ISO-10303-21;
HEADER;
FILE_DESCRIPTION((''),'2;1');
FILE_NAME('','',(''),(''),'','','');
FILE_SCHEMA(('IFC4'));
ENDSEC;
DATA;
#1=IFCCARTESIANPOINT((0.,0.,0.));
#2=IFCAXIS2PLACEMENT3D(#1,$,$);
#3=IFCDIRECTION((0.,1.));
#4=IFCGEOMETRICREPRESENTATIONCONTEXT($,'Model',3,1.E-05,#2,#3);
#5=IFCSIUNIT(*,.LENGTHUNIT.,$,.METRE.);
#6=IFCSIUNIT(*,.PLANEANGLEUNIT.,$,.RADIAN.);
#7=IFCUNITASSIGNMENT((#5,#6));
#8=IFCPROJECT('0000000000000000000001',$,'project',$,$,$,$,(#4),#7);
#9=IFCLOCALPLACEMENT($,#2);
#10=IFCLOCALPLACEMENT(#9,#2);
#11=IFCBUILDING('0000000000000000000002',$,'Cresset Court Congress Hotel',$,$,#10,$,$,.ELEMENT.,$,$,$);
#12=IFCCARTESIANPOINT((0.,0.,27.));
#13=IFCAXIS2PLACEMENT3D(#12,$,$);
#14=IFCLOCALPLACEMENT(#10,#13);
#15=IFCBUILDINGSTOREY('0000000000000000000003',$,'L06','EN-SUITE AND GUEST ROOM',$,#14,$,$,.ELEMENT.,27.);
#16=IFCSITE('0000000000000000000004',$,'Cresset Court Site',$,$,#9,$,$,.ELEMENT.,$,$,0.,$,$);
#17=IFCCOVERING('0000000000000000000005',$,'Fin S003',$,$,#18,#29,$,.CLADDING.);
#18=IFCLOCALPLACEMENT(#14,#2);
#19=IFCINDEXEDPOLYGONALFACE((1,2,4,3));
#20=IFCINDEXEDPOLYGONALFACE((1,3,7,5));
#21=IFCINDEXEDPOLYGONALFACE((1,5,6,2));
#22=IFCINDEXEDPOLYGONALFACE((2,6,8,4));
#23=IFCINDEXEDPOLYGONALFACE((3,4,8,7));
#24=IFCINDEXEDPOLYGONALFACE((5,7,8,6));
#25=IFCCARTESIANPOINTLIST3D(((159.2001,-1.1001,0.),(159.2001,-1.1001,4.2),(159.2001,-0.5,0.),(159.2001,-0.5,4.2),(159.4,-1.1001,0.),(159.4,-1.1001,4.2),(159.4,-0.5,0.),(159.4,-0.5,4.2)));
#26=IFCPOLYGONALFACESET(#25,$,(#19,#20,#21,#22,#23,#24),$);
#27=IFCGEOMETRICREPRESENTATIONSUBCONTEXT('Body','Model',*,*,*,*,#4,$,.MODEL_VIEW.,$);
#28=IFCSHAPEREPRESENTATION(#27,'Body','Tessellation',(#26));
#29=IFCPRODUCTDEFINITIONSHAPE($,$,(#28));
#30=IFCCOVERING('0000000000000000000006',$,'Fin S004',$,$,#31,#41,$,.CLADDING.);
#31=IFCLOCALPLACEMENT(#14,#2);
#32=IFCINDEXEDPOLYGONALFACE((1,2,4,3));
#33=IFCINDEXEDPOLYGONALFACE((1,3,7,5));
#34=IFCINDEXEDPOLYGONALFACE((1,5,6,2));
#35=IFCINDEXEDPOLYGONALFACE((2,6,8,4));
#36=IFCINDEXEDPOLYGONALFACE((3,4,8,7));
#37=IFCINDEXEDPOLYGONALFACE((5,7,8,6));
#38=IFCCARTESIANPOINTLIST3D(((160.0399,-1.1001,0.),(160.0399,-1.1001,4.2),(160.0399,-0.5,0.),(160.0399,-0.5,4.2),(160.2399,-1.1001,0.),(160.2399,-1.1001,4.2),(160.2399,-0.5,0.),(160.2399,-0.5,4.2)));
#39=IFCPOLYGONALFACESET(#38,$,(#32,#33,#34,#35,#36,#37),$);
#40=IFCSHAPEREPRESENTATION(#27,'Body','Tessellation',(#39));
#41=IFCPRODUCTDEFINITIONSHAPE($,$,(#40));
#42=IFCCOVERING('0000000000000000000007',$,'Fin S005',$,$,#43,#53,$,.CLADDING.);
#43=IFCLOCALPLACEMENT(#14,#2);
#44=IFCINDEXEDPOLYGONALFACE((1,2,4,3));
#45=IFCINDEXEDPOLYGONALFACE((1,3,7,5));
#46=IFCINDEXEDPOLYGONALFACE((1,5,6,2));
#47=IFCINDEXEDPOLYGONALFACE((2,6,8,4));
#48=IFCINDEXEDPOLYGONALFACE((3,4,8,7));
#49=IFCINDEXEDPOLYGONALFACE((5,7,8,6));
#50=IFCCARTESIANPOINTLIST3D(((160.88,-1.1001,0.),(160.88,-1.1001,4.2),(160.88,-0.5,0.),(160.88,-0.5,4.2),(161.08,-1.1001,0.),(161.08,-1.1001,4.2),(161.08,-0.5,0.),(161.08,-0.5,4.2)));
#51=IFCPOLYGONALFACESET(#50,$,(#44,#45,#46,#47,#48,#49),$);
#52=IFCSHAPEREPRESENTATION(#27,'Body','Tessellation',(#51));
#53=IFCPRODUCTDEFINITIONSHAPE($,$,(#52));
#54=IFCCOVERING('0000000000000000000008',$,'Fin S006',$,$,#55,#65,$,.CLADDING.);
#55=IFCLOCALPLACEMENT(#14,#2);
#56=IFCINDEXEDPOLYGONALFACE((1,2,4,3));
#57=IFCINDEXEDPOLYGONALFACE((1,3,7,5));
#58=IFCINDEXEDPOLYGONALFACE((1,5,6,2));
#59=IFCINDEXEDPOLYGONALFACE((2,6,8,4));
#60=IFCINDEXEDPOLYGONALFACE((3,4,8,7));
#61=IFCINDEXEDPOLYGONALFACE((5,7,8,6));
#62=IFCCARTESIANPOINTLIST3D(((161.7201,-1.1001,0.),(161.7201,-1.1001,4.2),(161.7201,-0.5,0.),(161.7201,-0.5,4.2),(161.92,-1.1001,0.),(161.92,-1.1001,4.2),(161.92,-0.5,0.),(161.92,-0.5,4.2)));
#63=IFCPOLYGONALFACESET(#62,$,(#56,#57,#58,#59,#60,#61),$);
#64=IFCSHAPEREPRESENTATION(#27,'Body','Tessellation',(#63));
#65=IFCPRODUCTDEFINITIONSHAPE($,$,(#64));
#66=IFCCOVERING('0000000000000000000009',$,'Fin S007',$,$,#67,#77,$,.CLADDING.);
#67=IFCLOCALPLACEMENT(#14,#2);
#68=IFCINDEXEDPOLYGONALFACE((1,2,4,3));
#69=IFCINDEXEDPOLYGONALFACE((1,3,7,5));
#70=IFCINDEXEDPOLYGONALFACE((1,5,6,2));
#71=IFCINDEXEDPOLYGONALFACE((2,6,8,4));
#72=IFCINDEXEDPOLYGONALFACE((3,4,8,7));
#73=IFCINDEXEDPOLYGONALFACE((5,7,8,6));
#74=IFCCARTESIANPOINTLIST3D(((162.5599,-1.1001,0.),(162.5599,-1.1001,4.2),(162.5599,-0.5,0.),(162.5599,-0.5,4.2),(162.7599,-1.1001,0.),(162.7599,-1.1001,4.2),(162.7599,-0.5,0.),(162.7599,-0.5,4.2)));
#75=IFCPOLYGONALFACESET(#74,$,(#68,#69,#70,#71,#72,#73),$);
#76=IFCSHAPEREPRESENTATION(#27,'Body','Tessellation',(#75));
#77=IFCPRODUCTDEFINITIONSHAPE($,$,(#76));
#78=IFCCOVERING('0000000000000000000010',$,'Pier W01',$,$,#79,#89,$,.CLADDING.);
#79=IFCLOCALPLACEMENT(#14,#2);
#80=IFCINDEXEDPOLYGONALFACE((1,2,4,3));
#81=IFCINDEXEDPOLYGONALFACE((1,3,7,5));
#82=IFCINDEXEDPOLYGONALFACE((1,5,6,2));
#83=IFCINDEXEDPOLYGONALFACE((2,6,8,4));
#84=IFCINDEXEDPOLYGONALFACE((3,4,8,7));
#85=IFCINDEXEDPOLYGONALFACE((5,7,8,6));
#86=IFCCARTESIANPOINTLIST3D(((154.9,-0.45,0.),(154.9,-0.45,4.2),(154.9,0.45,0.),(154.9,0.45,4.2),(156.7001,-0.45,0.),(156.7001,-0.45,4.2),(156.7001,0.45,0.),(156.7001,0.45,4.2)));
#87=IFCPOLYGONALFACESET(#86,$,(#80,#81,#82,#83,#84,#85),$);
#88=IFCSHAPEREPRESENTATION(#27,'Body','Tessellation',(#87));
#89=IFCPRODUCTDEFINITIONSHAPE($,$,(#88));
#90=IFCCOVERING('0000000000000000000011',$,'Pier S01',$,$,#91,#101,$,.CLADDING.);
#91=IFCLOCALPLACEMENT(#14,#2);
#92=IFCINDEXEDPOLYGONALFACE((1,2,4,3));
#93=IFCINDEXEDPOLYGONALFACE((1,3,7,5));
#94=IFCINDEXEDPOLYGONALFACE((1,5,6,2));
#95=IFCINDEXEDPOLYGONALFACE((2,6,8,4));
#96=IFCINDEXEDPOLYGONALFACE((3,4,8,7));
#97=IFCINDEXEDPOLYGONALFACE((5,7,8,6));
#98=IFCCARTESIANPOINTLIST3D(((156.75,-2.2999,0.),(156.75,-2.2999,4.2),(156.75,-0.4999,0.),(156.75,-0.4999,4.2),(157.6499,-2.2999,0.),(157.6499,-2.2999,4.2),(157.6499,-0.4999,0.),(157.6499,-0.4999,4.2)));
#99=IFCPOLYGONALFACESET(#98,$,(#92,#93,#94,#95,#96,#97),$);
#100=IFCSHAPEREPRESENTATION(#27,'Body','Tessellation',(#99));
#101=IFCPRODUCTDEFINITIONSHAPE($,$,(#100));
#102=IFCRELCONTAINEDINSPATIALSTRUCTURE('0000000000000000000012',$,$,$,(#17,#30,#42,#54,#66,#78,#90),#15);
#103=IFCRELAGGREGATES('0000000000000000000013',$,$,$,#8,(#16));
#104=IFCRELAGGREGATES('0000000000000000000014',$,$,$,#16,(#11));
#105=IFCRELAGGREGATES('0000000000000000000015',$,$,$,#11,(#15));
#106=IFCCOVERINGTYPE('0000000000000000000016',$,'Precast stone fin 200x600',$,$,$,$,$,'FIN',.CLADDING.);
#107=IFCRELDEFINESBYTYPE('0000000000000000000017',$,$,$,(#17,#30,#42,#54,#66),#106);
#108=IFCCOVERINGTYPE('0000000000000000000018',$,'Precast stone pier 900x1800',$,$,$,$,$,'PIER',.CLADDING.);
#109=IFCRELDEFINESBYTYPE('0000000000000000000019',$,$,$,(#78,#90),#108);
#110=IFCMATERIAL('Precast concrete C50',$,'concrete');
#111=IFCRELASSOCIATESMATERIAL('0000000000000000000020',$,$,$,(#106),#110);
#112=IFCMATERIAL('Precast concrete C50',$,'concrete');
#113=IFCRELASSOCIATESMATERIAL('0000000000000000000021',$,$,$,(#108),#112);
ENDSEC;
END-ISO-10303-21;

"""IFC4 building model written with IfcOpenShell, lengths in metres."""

from ifc_helpers import new_model, si_unit, direction, frame, origin, origin_2d, place, context, subcontext, project, spatial, rectangle, extrude, material, type_object, element, save


model = new_model("IFC4")

# Units and contexts
model_context = context("Model", 3, precision=1e-05, world=origin(), true_north=direction((0.0, 1.0)))
body_context = subcontext(model_context, "Body", "Model", "MODEL_VIEW")
ifc_project = project(units=[si_unit("LENGTHUNIT", "METRE"), si_unit("PLANEANGLEUNIT", "RADIAN")], contexts=[model_context])

# Site, building, storey
site_placement = place(None, origin())
site = spatial("IfcSite", under=ifc_project, at=site_placement, Name="Cresset Court Site", CompositionType="ELEMENT", RefElevation=0.0)
building_placement = place(site_placement, origin())
building = spatial("IfcBuilding", under=site, at=building_placement, Name="Cresset Court Congress Hotel", CompositionType="ELEMENT")
storey_placement = place(building_placement, frame((0.0, 0.0, 27.0)))
storey = spatial("IfcBuildingStorey", under=building, at=storey_placement, Name="L06", Description="EN-SUITE AND GUEST ROOM", CompositionType="ELEMENT", Elevation=27.0)

# Coverings
ifc_material_1 = material(Name="Precast concrete C50", Category="concrete")
covering_type_1 = type_object("IfcCoveringType", Name="Precast stone fin 200x600", ElementType="FIN", PredefinedType="CLADDING", material=ifc_material_1)
for number, where, z_axis, x_axis, name in (
    (1, (159.3, -0.8, 0.0), (0.0, 0.0, 1.0), (1.0, 0.0, 0.0), "Fin S003"),
    (2, (160.1399, -0.8, 0.0), (0.0, 0.0, 1.0), (1.0, 0.0, 0.0), "Fin S004"),
    (3, (160.98, -0.8, 0.0), (0.0, 0.0, 1.0), (1.0, 0.0, 0.0), "Fin S005"),
    (4, (161.8201, -0.8, 0.0), (0.0, 0.0, 1.0), (1.0, 0.0, 0.0), "Fin S006"),
    (5, (162.6599, -0.8, 0.0), (0.0, 0.0, 1.0), (1.0, 0.0, 0.0), "Fin S007"),
):
    element("IfcCovering", number, at=place(storey_placement, frame(where, z_axis=z_axis, x_axis=x_axis)), inside=storey, type_object=covering_type_1, Name=name, PredefinedType="CLADDING", context=body_context, shape_type="SweptSolid", body=[
        extrude(rectangle(XDim=0.2, YDim=0.6001, at=origin_2d()), origin(), (0.0, 0.0, 1.0), 4.2),
    ])
ifc_material_2 = material(Name="Precast concrete C50", Category="concrete")
covering_type_2 = type_object("IfcCoveringType", Name="Precast stone pier 900x1800", ElementType="PIER", PredefinedType="CLADDING", material=ifc_material_2)
covering_1_placement = place(storey_placement, frame((155.8, 0.0, 0.0), z_axis=(0.0, 0.0, 1.0), x_axis=(1.0, 0.0, 0.0)))
element("IfcCovering", 6, at=covering_1_placement, inside=storey, type_object=covering_type_2, Name="Pier W01", PredefinedType="CLADDING", context=body_context, shape_type="SweptSolid", body=[
    extrude(rectangle(XDim=1.8, YDim=0.8999, at=origin_2d()), origin(), (0.0, 0.0, 1.0), 4.2),
])
covering_2_placement = place(storey_placement, frame((157.2, -1.3999, 0.0), z_axis=(0.0, 0.0, 1.0), x_axis=(1.0, 0.0, 0.0)))
element("IfcCovering", 7, at=covering_2_placement, inside=storey, type_object=covering_type_2, Name="Pier S01", PredefinedType="CLADDING", context=body_context, shape_type="SweptSolid", body=[
    extrude(rectangle(XDim=0.8999, YDim=1.8, at=origin_2d()), origin(), (0.0, 0.0, 1.0), 4.2),
])

save(model, "model.ifc")
